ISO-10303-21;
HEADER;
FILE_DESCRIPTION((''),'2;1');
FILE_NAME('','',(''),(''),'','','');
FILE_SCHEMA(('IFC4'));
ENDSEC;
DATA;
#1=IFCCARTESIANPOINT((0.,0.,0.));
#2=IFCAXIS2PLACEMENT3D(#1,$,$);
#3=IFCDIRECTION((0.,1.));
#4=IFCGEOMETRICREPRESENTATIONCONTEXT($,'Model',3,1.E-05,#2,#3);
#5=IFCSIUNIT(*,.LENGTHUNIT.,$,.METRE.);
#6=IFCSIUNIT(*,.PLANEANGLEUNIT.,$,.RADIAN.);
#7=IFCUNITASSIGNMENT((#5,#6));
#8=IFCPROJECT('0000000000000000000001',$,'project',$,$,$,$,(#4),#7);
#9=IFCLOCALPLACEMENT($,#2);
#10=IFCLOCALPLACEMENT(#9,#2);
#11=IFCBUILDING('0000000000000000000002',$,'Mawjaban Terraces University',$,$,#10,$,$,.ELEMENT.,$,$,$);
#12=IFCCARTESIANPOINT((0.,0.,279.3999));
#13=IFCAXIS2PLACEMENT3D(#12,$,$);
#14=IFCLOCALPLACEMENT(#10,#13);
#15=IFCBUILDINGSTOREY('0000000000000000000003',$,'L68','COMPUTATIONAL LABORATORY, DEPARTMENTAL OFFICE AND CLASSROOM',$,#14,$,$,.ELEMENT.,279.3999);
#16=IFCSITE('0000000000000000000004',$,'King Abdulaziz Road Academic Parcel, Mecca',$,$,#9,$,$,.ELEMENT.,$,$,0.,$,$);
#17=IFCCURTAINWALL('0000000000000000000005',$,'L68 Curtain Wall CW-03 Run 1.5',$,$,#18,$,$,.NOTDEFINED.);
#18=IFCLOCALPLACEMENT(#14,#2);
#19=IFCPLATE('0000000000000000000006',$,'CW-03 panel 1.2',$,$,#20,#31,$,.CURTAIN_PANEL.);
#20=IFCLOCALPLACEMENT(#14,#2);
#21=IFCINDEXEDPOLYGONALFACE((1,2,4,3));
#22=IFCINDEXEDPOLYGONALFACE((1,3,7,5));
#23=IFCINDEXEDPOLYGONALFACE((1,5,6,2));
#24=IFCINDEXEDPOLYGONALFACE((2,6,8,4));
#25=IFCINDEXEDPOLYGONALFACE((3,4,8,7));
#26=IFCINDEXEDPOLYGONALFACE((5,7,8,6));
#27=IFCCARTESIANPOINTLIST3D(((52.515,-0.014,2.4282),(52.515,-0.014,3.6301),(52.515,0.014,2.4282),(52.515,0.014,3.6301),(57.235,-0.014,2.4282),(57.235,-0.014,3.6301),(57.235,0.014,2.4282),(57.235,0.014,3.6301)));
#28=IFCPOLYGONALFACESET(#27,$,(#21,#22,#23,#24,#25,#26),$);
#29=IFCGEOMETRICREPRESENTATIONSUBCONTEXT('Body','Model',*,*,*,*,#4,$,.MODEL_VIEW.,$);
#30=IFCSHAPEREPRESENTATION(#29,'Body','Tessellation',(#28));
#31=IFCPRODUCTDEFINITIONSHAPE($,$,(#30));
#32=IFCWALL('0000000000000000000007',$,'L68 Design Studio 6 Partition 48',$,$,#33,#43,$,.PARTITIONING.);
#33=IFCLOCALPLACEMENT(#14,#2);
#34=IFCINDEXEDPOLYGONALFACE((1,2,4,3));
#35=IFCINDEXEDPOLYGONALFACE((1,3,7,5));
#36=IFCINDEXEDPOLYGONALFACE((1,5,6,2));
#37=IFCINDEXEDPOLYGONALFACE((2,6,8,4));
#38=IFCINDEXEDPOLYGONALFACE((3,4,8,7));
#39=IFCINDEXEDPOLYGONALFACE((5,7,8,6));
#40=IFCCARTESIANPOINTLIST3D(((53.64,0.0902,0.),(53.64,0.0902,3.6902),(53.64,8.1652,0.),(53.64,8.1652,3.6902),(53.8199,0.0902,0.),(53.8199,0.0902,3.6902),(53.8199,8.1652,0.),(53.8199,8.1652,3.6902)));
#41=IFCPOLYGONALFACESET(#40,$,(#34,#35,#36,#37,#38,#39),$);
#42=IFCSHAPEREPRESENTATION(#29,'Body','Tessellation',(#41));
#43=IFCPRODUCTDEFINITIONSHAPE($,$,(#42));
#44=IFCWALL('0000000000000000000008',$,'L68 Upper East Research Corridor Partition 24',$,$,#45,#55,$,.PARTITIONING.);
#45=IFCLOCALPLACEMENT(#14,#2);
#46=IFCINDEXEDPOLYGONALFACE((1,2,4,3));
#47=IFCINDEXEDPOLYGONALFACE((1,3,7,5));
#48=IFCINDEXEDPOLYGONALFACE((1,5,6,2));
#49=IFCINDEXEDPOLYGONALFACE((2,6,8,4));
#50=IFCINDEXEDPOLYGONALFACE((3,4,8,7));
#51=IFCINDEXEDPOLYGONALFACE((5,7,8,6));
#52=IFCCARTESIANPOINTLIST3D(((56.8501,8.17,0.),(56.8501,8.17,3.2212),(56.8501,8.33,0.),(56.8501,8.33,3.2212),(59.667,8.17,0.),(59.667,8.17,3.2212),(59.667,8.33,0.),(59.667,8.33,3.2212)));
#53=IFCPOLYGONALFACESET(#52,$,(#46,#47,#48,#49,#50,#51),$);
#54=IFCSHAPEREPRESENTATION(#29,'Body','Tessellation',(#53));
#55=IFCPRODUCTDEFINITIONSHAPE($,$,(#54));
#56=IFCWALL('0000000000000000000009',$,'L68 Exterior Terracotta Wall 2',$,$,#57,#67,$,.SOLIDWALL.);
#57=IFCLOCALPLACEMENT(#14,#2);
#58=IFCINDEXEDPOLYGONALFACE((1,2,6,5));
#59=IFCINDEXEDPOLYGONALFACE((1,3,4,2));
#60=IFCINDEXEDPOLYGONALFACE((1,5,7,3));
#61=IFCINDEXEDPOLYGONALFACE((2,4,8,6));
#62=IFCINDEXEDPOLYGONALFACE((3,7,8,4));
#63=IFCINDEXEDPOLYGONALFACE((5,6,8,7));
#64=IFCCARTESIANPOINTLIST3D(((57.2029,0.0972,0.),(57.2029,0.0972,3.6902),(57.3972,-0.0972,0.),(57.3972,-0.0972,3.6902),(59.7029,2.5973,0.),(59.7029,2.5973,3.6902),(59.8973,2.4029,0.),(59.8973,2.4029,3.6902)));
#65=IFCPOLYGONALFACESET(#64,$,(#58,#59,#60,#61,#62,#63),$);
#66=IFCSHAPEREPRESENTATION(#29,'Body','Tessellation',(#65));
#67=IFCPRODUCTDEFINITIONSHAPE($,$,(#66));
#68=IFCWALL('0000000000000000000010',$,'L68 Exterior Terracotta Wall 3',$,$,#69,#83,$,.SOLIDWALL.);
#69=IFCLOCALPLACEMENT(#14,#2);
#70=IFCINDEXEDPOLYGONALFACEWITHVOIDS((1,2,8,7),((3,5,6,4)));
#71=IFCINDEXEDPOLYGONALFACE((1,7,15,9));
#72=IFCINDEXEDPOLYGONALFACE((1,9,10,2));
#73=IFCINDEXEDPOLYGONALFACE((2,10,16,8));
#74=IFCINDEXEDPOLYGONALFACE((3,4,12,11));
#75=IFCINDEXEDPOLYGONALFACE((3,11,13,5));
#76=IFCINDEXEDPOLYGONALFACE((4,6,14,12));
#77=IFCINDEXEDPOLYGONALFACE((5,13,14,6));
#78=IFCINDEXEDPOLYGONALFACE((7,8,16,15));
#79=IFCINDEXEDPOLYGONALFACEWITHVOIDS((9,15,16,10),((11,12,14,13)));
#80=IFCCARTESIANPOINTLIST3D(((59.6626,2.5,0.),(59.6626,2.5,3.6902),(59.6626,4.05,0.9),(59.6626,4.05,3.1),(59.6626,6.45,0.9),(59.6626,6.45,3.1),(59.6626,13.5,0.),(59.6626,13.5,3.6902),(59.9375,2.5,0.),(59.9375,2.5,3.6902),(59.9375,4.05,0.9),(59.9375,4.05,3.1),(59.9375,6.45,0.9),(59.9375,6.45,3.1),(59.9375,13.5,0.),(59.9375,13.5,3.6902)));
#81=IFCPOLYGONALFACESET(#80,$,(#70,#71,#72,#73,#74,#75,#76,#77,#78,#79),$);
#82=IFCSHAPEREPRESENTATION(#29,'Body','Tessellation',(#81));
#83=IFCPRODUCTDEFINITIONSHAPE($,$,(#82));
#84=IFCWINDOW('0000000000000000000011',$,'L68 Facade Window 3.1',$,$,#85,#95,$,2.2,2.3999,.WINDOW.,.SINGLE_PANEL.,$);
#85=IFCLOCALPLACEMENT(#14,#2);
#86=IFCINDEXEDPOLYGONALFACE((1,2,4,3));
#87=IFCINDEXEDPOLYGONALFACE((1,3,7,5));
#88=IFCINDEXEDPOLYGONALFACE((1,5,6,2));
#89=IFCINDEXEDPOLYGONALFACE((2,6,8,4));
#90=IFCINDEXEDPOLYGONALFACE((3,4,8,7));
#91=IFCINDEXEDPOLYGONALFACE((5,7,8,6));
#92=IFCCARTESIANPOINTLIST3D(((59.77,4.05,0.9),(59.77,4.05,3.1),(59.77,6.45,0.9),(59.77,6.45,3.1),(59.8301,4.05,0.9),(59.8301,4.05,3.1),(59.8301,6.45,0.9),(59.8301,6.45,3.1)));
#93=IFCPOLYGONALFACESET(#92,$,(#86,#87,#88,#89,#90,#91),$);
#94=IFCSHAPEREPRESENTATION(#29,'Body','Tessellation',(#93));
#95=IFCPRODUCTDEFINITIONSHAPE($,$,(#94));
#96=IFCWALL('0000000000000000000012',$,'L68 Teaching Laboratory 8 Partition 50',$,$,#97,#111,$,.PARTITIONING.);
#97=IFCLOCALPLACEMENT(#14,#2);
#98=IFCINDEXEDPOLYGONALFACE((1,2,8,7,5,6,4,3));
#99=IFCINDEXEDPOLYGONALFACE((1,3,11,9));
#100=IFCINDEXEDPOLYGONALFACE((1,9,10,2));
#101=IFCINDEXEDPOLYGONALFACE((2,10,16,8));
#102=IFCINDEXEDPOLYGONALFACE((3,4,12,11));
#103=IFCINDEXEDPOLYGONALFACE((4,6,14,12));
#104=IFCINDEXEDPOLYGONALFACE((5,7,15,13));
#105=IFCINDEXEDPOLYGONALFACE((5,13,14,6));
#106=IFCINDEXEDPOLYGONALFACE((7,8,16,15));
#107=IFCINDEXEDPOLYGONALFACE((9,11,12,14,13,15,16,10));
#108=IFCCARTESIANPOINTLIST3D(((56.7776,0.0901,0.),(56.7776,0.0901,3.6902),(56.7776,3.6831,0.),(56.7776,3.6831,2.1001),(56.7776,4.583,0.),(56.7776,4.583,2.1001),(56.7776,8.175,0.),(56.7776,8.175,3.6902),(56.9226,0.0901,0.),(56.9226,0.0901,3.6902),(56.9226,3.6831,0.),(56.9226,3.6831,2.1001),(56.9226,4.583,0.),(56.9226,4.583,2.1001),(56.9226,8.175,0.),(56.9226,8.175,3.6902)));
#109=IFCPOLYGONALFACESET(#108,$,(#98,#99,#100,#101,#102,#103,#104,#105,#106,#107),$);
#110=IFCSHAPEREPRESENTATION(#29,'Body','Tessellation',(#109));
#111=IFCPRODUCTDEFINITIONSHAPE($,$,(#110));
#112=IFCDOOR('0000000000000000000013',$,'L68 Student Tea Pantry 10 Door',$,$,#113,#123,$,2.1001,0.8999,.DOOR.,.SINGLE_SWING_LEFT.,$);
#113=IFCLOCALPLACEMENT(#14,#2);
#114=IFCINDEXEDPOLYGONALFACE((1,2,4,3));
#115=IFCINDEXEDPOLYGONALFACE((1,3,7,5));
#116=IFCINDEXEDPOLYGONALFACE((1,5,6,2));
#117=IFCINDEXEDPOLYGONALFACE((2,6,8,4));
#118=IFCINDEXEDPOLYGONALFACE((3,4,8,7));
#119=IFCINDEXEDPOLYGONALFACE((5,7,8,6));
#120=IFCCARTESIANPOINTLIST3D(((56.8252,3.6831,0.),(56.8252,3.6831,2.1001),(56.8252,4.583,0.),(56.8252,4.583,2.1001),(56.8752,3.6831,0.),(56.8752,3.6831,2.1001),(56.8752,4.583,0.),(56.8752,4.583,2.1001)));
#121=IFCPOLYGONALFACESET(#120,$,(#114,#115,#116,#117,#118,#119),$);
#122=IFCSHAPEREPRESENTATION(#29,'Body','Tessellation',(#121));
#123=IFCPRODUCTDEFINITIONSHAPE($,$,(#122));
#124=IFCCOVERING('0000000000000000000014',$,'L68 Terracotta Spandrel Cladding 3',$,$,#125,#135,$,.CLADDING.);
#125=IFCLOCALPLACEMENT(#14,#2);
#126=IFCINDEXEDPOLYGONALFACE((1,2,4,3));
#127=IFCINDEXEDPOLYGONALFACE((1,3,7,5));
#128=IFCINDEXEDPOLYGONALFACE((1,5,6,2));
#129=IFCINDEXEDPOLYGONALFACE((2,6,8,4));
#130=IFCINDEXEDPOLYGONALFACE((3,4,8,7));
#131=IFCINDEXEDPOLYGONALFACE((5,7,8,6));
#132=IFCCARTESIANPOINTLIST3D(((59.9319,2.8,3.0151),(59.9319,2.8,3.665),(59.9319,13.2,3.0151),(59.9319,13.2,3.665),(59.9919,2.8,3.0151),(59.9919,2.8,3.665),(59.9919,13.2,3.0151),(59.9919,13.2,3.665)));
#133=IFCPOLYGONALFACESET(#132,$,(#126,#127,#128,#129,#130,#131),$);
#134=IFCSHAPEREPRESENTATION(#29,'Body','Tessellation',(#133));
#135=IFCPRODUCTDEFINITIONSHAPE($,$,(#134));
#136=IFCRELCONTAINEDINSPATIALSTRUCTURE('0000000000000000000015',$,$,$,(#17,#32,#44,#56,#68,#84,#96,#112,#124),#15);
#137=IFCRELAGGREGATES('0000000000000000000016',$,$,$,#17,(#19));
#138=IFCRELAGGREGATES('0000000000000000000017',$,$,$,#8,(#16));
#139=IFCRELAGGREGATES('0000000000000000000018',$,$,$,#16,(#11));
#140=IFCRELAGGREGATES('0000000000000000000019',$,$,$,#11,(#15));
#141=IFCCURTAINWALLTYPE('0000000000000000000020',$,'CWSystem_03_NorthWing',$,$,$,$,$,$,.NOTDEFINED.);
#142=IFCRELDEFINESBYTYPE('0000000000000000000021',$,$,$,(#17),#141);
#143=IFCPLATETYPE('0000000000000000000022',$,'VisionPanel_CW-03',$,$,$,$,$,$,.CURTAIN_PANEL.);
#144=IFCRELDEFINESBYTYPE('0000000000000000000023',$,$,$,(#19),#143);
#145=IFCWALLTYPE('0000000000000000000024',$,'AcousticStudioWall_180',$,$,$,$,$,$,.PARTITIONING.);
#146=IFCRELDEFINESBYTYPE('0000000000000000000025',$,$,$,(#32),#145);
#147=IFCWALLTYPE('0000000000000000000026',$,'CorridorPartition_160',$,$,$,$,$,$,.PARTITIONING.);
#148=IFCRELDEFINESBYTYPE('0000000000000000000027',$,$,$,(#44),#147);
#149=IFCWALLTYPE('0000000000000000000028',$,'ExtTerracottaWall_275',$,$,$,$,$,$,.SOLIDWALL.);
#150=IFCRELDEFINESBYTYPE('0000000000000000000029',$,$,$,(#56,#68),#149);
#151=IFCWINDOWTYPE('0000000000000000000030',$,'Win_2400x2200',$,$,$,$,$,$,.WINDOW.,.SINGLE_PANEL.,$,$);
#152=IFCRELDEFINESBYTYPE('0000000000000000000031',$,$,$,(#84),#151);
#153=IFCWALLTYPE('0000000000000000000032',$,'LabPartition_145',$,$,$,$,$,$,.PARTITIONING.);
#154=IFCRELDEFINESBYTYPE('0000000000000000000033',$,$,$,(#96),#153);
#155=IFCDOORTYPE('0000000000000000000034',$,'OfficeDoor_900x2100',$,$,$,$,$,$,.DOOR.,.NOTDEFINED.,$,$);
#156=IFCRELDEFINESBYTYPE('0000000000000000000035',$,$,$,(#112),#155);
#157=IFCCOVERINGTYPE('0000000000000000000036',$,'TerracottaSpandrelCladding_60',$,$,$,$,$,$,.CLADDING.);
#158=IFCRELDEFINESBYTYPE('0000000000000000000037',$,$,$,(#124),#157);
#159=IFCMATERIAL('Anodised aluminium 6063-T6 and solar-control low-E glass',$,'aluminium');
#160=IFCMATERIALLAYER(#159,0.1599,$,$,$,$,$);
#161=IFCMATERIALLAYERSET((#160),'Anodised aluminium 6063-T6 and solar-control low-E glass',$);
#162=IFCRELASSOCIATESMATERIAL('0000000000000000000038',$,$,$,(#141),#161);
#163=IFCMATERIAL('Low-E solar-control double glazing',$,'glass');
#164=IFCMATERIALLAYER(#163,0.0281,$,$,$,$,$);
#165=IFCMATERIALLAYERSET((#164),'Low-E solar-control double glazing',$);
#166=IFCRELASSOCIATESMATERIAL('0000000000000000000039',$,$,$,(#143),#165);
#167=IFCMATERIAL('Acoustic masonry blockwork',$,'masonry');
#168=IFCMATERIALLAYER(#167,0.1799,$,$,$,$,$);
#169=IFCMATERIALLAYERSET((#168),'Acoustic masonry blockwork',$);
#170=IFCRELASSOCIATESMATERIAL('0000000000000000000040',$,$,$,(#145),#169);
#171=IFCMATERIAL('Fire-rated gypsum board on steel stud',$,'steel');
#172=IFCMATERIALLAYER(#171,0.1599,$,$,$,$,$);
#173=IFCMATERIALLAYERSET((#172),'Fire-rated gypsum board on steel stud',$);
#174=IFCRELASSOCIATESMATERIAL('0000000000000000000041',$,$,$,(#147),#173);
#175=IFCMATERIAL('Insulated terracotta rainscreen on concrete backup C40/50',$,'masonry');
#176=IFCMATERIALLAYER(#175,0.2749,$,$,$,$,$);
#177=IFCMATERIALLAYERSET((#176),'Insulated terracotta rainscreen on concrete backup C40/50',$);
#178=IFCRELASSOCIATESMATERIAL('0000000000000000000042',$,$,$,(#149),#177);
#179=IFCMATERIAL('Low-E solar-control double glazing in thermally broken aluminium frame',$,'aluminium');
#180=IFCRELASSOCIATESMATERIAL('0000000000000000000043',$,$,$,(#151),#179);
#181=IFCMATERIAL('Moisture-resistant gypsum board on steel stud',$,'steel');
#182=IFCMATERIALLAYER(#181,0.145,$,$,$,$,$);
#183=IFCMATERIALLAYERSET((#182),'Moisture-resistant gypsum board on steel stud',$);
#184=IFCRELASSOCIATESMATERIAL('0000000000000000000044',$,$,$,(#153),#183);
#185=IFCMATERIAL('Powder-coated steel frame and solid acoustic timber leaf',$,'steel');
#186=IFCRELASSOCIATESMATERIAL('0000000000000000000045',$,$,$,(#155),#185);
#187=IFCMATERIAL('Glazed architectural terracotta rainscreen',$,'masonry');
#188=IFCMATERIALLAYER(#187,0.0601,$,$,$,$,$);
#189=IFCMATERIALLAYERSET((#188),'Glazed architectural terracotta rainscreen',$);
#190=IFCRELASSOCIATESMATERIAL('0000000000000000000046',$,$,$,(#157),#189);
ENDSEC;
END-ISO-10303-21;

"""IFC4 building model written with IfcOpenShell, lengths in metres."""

from ifc_helpers import new_model, si_unit, direction, frame, frame_2d, origin, origin_2d, place, context, subcontext, project, spatial, rectangle, extrude, material, layer, layer_set, type_object, element, fill, aggregate, save


model = new_model("IFC4")

# Units and contexts
model_context = context("Model", 3, precision=1e-05, world=origin(), true_north=direction((0.0, 1.0)))
body_context = subcontext(model_context, "Body", "Model", "MODEL_VIEW")
ifc_project = project(units=[si_unit("LENGTHUNIT", "METRE"), si_unit("PLANEANGLEUNIT", "RADIAN")], contexts=[model_context])

# Site, building, storey
site_placement = place(None, origin())
site = spatial("IfcSite", under=ifc_project, at=site_placement, Name="King Abdulaziz Road Academic Parcel, Mecca", CompositionType="ELEMENT", RefElevation=0.0)
building_placement = place(site_placement, origin())
building = spatial("IfcBuilding", under=site, at=building_placement, Name="Mawjaban Terraces University", CompositionType="ELEMENT")
storey_placement = place(building_placement, frame((0.0, 0.0, 279.3999)))
storey = spatial("IfcBuildingStorey", under=building, at=storey_placement, Name="L68", Description="COMPUTATIONAL LABORATORY, DEPARTMENTAL OFFICE AND CLASSROOM", CompositionType="ELEMENT", Elevation=279.3999)

# Curtain wall, plate
ifc_material_1 = material(Name="Anodised aluminium 6063-T6 and solar-control low-E glass", Category="aluminium")
ifc_layer_1 = layer(ifc_material_1, 0.1599)
ifc_layer_set_1 = layer_set([ifc_layer_1], Name="Anodised aluminium 6063-T6 and solar-control low-E glass")
curtain_wall_type = type_object("IfcCurtainWallType", Name="CWSystem_03_NorthWing", PredefinedType="NOTDEFINED", material=ifc_layer_set_1)
curtain_wall_placement = place(storey_placement, origin())
curtain_wall = element("IfcCurtainWall", 1, at=curtain_wall_placement, inside=storey, type_object=curtain_wall_type, Name="L68 Curtain Wall CW-03 Run 1.5", PredefinedType="NOTDEFINED")
ifc_material_2 = material(Name="Low-E solar-control double glazing", Category="glass")
ifc_layer_2 = layer(ifc_material_2, 0.0281)
ifc_layer_set_2 = layer_set([ifc_layer_2], Name="Low-E solar-control double glazing")
plate_type = type_object("IfcPlateType", Name="VisionPanel_CW-03", PredefinedType="CURTAIN_PANEL", material=ifc_layer_set_2)
plate_1_placement = place(storey_placement, frame((54.875, 0.0, 2.4282), z_axis=(0.0, 0.0, 1.0), x_axis=(1.0, 0.0, 0.0)))
plate_1 = element("IfcPlate", 2, at=plate_1_placement, type_object=plate_type, Name="CW-03 panel 1.2", PredefinedType="CURTAIN_PANEL", context=body_context, shape_type="SweptSolid", body=[
    extrude(rectangle(XDim=4.72, YDim=0.0281, at=origin_2d()), origin(), (0.0, 0.0, 1.0), 1.2019),
])
aggregate(curtain_wall, [plate_1])

# Walls
ifc_material_3 = material(Name="Acoustic masonry blockwork", Category="masonry")
ifc_layer_3 = layer(ifc_material_3, 0.1799)
ifc_layer_set_3 = layer_set([ifc_layer_3], Name="Acoustic masonry blockwork")
wall_type_1 = type_object("IfcWallType", Name="AcousticStudioWall_180", PredefinedType="PARTITIONING", material=ifc_layer_set_3)
wall_1_placement = place(storey_placement, frame((53.73, 0.0901, 0.0), z_axis=(0.0, 0.0, 1.0), x_axis=(0.0, 1.0, 0.0)))
element("IfcWall", 3, at=wall_1_placement, inside=storey, type_object=wall_type_1, Name="L68 Design Studio 6 Partition 48", PredefinedType="PARTITIONING", context=body_context, shape_type="SweptSolid", body=[
    extrude(rectangle(XDim=8.075, YDim=0.1799, at=frame_2d((4.0376, 0.0))), origin(), (0.0, 0.0, 1.0), 3.6902),
])
ifc_material_4 = material(Name="Fire-rated gypsum board on steel stud", Category="steel")
ifc_layer_4 = layer(ifc_material_4, 0.1599)
ifc_layer_set_4 = layer_set([ifc_layer_4], Name="Fire-rated gypsum board on steel stud")
wall_type_2 = type_object("IfcWallType", Name="CorridorPartition_160", PredefinedType="PARTITIONING", material=ifc_layer_set_4)
wall_2_placement = place(storey_placement, frame((56.8501, 8.25, 0.0), z_axis=(0.0, 0.0, 1.0), x_axis=(1.0, 0.0, 0.0)))
element("IfcWall", 4, at=wall_2_placement, inside=storey, type_object=wall_type_2, Name="L68 Upper East Research Corridor Partition 24", PredefinedType="PARTITIONING", context=body_context, shape_type="SweptSolid", body=[
    extrude(rectangle(XDim=2.8169, YDim=0.1599, at=frame_2d((1.4084, 0.0))), origin(), (0.0, 0.0, 1.0), 3.2212),
])
ifc_material_5 = material(Name="Insulated terracotta rainscreen on concrete backup C40/50", Category="masonry")
ifc_layer_5 = layer(ifc_material_5, 0.2749)
ifc_layer_set_5 = layer_set([ifc_layer_5], Name="Insulated terracotta rainscreen on concrete backup C40/50")
wall_type_3 = type_object("IfcWallType", Name="ExtTerracottaWall_275", PredefinedType="SOLIDWALL", material=ifc_layer_set_5)
wall_3_placement = place(storey_placement, frame((57.3, 0.0, 0.0), z_axis=(0.0, 0.0, 1.0), x_axis=(0.707107, 0.707107, 0.0)))
element("IfcWall", 5, at=wall_3_placement, inside=storey, type_object=wall_type_3, Name="L68 Exterior Terracotta Wall 2", PredefinedType="SOLIDWALL", context=body_context, shape_type="SweptSolid", body=[
    extrude(rectangle(XDim=3.5356, YDim=0.2749, at=frame_2d((1.7678, 0.0))), origin(), (0.0, 0.0, 1.0), 3.6902),
])

# Wall, opening, window
wall_4_placement = place(storey_placement, frame((59.8, 2.5, 0.0), z_axis=(0.0, 0.0, 1.0), x_axis=(0.0, 1.0, 0.0)))
wall_4 = element("IfcWall", 6, at=wall_4_placement, inside=storey, type_object=wall_type_3, Name="L68 Exterior Terracotta Wall 3", PredefinedType="SOLIDWALL", context=body_context, shape_type="SweptSolid", body=[
    extrude(rectangle(XDim=11.0, YDim=0.2749, at=frame_2d((5.5, 0.0))), origin(), (0.0, 0.0, 1.0), 3.6902),
])
opening_1_placement = place(wall_4_placement, frame((1.55, 0.0, 0.8999)))
opening_1 = element("IfcOpeningElement", 7, at=opening_1_placement, cuts=wall_4, PredefinedType="OPENING", context=body_context, shape_type="SweptSolid", body=[
    extrude(rectangle(XDim=2.3999, YDim=2.2, at=frame_2d((1.2, 1.1001))), frame((0.0, 0.1475, 0.0), z_axis=(0.0, -1.0, 0.0), x_axis=(1.0, 0.0, 0.0)), (0.0, 0.0, 1.0), 0.2949),
])
ifc_material_6 = material(Name="Low-E solar-control double glazing in thermally broken aluminium frame", Category="aluminium")
window_type = type_object("IfcWindowType", Name="Win_2400x2200", PartitioningType="SINGLE_PANEL", PredefinedType="WINDOW", material=ifc_material_6)
window_placement = place(opening_1_placement, origin())
window = element("IfcWindow", 8, at=window_placement, inside=storey, type_object=window_type, Name="L68 Facade Window 3.1", OverallHeight=2.2, OverallWidth=2.3999, PartitioningType="SINGLE_PANEL", PredefinedType="WINDOW", context=body_context, shape_type="SweptSolid", body=[
    extrude(rectangle(XDim=2.3999, YDim=2.2, at=frame_2d((1.2, 1.1001))), frame((0.0, 0.03, 0.0), z_axis=(0.0, -1.0, 0.0), x_axis=(1.0, 0.0, 0.0)), (0.0, 0.0, 1.0), 0.0601),
])
fill(opening_1, window)

# Wall, opening, door
ifc_material_7 = material(Name="Moisture-resistant gypsum board on steel stud", Category="steel")
ifc_layer_6 = layer(ifc_material_7, 0.145)
ifc_layer_set_6 = layer_set([ifc_layer_6], Name="Moisture-resistant gypsum board on steel stud")
wall_type_4 = type_object("IfcWallType", Name="LabPartition_145", PredefinedType="PARTITIONING", material=ifc_layer_set_6)
ifc_material_8 = material(Name="Powder-coated steel frame and solid acoustic timber leaf", Category="steel")
wall_5_placement = place(storey_placement, frame((56.8501, 0.0901, 0.0), z_axis=(0.0, 0.0, 1.0), x_axis=(0.0, 1.0, 0.0)))
wall_5 = element("IfcWall", 9, at=wall_5_placement, inside=storey, type_object=wall_type_4, Name="L68 Teaching Laboratory 8 Partition 50", PredefinedType="PARTITIONING", context=body_context, shape_type="SweptSolid", body=[
    extrude(rectangle(XDim=8.085, YDim=0.145, at=frame_2d((4.0425, 0.0))), origin(), (0.0, 0.0, 1.0), 3.6902),
])
opening_2_placement = place(wall_5_placement, frame((3.593, 0.0, 0.0)))
opening_2 = element("IfcOpeningElement", 10, at=opening_2_placement, cuts=wall_5, PredefinedType="OPENING", context=body_context, shape_type="SweptSolid", body=[
    extrude(rectangle(XDim=0.8999, YDim=2.1001, at=frame_2d((0.45, 1.05))), frame((0.0, 0.0825, 0.0), z_axis=(0.0, -1.0, 0.0), x_axis=(1.0, 0.0, 0.0)), (0.0, 0.0, 1.0), 0.165),
])
door_type_1 = type_object("IfcDoorType", Name="OfficeDoor_900x2100", OperationType="NOTDEFINED", PredefinedType="DOOR", material=ifc_material_8)
door_1_placement = place(opening_2_placement, origin())
door_1 = element("IfcDoor", 11, at=door_1_placement, inside=storey, type_object=door_type_1, Name="L68 Student Tea Pantry 10 Door", OperationType="SINGLE_SWING_LEFT", OverallHeight=2.1001, OverallWidth=0.8999, PredefinedType="DOOR", context=body_context, shape_type="SweptSolid", body=[
    extrude(rectangle(XDim=0.8999, YDim=2.1001, at=frame_2d((0.45, 1.05))), frame((0.0, 0.0249, 0.0), z_axis=(0.0, -1.0, 0.0), x_axis=(1.0, 0.0, 0.0)), (0.0, 0.0, 1.0), 0.05),
])
fill(opening_2, door_1)

# Covering
ifc_material_9 = material(Name="Glazed architectural terracotta rainscreen", Category="masonry")
ifc_layer_7 = layer(ifc_material_9, 0.0601)
ifc_layer_set_7 = layer_set([ifc_layer_7], Name="Glazed architectural terracotta rainscreen")
covering_type = type_object("IfcCoveringType", Name="TerracottaSpandrelCladding_60", PredefinedType="CLADDING", material=ifc_layer_set_7)
covering_placement = place(storey_placement, frame((59.9619, 8.0, 3.0151), z_axis=(0.0, 0.0, 1.0), x_axis=(0.0, 1.0, 0.0)))
element("IfcCovering", 12, at=covering_placement, inside=storey, type_object=covering_type, Name="L68 Terracotta Spandrel Cladding 3", PredefinedType="CLADDING", context=body_context, shape_type="SweptSolid", body=[
    extrude(rectangle(XDim=10.3999, YDim=0.0601, at=origin_2d()), origin(), (0.0, 0.0, 1.0), 0.6499),
])

save(model, "model.ifc")
